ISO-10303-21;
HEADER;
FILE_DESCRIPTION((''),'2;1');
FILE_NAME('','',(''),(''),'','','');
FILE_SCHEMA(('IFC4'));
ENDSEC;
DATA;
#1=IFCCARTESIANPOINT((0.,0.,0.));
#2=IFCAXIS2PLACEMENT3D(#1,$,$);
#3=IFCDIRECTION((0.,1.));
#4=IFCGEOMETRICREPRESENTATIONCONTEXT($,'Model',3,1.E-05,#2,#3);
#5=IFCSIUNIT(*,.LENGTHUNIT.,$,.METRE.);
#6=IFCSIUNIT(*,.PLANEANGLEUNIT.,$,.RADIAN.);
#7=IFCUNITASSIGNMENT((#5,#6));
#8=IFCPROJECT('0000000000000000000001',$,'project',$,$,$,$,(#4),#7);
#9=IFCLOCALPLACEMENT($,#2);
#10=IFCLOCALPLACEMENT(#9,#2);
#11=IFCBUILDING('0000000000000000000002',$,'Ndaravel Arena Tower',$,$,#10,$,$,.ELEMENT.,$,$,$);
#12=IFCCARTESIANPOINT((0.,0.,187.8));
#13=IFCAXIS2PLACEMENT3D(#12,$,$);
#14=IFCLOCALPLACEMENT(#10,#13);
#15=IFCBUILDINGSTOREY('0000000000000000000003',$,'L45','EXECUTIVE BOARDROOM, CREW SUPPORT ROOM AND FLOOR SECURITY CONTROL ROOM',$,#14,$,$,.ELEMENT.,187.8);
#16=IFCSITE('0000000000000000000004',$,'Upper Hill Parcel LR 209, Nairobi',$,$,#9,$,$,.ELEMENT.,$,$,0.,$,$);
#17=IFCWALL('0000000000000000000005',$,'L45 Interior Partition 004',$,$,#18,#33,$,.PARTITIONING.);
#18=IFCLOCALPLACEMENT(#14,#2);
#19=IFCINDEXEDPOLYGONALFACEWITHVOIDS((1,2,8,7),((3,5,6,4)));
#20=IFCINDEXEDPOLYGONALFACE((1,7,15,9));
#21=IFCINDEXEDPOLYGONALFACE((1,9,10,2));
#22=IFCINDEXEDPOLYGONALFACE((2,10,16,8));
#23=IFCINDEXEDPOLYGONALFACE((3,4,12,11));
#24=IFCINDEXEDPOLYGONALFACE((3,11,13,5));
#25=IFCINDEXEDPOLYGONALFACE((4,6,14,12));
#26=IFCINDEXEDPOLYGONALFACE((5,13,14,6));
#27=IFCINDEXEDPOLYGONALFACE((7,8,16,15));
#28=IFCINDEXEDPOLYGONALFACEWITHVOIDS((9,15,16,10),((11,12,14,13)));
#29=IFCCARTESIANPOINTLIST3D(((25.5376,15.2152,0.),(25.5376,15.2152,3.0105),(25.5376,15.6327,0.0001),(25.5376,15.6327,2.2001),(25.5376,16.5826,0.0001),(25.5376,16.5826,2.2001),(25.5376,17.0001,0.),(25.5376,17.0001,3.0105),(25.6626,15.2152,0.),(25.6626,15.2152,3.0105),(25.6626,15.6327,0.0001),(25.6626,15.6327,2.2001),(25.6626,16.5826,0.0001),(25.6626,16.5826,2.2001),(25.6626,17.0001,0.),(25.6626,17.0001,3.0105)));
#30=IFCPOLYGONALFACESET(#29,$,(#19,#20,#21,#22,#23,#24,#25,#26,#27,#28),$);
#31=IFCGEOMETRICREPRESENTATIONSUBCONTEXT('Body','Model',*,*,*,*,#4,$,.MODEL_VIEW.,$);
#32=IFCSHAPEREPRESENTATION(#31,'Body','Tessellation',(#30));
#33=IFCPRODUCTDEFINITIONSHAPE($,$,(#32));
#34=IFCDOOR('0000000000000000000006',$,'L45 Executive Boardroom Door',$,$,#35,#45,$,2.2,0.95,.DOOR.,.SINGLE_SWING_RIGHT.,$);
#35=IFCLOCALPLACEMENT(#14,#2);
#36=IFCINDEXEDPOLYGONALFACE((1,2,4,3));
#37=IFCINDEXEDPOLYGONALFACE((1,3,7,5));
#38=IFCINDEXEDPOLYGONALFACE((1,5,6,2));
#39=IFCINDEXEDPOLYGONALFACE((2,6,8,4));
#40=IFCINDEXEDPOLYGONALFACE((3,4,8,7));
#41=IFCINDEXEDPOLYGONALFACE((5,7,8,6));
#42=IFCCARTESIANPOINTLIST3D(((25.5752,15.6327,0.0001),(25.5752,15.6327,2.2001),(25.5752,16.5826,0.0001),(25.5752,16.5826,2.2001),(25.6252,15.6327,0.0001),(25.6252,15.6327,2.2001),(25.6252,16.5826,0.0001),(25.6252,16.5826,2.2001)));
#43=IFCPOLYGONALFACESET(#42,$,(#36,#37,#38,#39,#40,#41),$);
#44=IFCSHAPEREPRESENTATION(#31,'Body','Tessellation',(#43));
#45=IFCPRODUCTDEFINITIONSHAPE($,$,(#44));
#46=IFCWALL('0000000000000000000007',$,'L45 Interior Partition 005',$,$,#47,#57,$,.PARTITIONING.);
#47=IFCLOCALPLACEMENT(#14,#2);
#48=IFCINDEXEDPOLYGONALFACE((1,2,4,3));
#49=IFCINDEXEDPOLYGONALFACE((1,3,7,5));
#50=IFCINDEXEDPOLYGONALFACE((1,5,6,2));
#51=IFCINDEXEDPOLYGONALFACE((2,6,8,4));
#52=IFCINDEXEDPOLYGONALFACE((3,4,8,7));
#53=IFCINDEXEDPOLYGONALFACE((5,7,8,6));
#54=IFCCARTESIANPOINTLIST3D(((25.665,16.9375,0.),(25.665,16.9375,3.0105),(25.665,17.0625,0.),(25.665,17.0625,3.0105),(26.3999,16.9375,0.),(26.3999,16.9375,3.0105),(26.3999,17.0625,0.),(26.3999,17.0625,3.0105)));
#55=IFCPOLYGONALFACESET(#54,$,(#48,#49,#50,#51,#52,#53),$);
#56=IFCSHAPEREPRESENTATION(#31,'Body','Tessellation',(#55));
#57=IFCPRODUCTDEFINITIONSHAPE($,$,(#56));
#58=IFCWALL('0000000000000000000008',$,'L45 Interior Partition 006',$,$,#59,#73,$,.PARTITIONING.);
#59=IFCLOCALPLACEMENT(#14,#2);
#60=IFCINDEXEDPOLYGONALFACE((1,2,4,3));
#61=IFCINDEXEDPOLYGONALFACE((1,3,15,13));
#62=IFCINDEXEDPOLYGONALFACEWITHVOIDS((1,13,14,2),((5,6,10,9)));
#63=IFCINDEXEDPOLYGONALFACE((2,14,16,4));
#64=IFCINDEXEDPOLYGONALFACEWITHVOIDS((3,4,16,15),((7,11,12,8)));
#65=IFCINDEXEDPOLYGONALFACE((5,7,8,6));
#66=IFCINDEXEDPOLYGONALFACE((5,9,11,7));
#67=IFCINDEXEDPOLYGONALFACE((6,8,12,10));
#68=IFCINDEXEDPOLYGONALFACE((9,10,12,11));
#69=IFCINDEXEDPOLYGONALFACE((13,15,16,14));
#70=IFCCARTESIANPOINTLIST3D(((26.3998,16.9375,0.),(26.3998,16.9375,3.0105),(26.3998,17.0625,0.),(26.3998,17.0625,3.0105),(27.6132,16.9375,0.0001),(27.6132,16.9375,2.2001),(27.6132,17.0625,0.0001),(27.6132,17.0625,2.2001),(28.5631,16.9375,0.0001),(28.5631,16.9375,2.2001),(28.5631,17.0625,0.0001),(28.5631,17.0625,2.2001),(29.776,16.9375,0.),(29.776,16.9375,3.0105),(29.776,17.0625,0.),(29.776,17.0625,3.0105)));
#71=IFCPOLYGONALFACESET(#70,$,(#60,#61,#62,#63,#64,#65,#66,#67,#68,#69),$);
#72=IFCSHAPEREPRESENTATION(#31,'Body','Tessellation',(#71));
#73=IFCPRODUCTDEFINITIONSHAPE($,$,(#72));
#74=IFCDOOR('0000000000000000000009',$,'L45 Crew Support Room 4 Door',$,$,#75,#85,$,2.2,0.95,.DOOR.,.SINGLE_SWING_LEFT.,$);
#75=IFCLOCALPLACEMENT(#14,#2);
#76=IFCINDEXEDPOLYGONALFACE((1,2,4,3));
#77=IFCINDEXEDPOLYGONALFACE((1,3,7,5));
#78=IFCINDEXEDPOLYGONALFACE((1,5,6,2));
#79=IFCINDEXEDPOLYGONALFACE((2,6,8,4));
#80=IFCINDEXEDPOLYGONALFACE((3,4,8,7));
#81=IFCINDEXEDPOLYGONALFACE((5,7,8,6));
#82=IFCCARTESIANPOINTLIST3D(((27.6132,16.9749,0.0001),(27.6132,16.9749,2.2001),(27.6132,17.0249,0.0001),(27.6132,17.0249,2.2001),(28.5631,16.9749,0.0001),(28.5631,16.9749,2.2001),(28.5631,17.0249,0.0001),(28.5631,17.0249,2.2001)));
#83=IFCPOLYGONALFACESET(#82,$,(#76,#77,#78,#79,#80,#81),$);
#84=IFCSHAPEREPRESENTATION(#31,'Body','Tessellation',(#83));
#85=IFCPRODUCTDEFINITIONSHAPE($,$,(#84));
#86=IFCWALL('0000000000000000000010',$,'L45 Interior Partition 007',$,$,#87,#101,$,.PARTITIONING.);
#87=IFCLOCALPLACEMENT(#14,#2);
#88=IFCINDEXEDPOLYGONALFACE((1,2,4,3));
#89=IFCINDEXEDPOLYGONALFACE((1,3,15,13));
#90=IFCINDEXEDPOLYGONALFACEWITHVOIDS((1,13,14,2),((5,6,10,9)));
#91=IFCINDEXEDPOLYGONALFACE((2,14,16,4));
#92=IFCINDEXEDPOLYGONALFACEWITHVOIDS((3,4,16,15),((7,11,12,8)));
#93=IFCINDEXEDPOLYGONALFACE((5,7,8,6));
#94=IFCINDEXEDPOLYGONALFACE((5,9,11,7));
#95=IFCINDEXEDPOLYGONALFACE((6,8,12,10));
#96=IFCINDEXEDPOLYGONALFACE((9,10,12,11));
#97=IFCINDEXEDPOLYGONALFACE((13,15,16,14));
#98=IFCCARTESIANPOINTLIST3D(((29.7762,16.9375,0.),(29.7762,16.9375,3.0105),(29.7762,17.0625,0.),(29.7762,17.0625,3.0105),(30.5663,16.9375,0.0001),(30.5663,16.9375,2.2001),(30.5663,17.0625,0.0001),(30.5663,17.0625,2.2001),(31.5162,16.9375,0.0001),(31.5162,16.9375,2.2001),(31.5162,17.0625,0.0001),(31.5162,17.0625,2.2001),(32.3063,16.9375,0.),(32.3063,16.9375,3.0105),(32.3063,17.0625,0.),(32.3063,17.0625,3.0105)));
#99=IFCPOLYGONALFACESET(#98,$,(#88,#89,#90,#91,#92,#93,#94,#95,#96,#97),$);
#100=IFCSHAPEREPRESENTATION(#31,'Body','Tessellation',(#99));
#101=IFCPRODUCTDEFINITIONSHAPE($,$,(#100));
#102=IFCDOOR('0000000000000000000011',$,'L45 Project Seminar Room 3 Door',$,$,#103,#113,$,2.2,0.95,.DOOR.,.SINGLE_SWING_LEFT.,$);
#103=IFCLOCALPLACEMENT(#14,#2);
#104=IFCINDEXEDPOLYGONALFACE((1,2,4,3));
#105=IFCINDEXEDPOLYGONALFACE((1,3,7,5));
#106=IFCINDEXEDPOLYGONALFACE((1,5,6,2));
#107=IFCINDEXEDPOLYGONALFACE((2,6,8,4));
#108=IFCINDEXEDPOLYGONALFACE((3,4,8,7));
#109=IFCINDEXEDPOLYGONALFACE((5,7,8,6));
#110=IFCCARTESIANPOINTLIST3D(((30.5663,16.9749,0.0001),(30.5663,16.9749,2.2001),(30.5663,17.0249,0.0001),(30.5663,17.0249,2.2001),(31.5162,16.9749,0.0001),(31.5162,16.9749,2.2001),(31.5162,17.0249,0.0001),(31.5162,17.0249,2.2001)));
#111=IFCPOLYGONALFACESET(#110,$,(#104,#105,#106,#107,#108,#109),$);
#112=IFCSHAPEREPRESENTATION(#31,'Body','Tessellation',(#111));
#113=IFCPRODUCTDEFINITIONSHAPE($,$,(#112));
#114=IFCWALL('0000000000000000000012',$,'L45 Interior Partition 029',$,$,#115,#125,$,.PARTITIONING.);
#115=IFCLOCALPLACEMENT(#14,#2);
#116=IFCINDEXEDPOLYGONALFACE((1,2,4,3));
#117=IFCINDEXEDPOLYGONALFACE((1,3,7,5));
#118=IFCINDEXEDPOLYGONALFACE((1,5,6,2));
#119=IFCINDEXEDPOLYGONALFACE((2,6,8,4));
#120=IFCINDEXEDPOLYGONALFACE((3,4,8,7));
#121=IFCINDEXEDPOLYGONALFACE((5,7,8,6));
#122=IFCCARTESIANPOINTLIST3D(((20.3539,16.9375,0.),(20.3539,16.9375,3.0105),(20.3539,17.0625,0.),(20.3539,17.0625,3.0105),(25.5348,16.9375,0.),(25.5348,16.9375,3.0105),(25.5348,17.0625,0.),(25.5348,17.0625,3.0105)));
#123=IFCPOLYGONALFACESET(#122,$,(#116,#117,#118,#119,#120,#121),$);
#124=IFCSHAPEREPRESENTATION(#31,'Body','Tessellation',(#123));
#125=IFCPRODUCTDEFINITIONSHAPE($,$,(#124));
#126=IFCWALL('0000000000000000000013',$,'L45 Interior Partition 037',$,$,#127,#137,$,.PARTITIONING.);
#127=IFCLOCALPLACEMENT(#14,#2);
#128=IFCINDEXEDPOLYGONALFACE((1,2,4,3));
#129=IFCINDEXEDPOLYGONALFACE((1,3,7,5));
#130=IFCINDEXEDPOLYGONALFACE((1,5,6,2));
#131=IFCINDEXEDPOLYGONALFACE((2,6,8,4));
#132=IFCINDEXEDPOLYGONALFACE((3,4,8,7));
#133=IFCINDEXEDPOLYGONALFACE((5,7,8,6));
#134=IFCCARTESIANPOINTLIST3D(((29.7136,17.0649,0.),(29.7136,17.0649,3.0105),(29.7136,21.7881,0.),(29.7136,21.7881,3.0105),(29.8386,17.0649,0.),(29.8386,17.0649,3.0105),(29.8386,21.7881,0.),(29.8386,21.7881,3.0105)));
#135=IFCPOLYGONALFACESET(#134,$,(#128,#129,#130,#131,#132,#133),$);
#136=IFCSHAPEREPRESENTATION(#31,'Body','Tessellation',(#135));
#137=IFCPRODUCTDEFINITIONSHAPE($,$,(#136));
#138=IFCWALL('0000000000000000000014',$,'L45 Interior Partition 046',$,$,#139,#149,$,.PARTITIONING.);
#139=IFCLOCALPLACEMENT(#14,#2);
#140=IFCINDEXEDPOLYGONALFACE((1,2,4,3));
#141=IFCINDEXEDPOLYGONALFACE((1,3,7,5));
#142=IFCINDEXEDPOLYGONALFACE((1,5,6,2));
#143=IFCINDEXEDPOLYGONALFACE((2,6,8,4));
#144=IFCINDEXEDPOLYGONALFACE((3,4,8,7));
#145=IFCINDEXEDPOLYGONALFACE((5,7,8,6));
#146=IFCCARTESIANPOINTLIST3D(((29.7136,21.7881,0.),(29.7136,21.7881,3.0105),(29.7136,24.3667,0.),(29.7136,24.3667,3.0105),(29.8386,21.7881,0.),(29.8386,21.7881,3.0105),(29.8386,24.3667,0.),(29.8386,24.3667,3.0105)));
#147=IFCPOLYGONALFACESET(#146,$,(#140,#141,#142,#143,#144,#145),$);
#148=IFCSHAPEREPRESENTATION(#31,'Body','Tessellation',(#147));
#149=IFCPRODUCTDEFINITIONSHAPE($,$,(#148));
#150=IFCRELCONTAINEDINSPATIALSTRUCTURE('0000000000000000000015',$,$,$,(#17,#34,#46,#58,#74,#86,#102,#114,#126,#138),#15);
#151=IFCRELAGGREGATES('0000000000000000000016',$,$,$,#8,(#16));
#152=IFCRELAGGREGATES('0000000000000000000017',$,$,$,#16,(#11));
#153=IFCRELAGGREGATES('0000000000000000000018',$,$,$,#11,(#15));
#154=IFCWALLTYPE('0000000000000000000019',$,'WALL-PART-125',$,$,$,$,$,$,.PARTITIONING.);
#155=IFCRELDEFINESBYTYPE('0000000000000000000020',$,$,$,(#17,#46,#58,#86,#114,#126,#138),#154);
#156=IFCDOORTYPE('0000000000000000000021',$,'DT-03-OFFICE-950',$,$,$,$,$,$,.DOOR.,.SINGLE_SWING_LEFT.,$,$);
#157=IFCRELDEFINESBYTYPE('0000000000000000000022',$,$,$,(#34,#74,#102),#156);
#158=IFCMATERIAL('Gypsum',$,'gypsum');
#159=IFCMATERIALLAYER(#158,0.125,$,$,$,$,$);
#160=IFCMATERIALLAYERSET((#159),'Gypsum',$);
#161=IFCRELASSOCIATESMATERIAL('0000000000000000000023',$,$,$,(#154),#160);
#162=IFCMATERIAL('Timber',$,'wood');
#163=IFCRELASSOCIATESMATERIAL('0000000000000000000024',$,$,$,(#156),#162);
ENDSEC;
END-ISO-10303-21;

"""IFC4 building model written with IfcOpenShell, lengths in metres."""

from ifc_helpers import new_model, si_unit, direction, frame, frame_2d, origin, place, context, subcontext, project, spatial, rectangle, extrude, material, layer, layer_set, type_object, element, fill, save


model = new_model("IFC4")

# Units and contexts
model_context = context("Model", 3, precision=1e-05, world=origin(), true_north=direction((0.0, 1.0)))
body_context = subcontext(model_context, "Body", "Model", "MODEL_VIEW")
ifc_project = project(units=[si_unit("LENGTHUNIT", "METRE"), si_unit("PLANEANGLEUNIT", "RADIAN")], contexts=[model_context])

# Site, building, storey
site_placement = place(None, origin())
site = spatial("IfcSite", under=ifc_project, at=site_placement, Name="Upper Hill Parcel LR 209, Nairobi", CompositionType="ELEMENT", RefElevation=0.0)
building_placement = place(site_placement, origin())
building = spatial("IfcBuilding", under=site, at=building_placement, Name="Ndaravel Arena Tower", CompositionType="ELEMENT")
storey_placement = place(building_placement, frame((0.0, 0.0, 187.8)))
storey = spatial("IfcBuildingStorey", under=building, at=storey_placement, Name="L45", Description="EXECUTIVE BOARDROOM, CREW SUPPORT ROOM AND FLOOR SECURITY CONTROL ROOM", CompositionType="ELEMENT", Elevation=187.8)

# Shared definitions
ifc_material_1 = material(Name="Gypsum", Category="gypsum")
ifc_layer_1 = layer(ifc_material_1, 0.125)
ifc_layer_set_1 = layer_set([ifc_layer_1], Name="Gypsum")
wall_type_1 = type_object("IfcWallType", Name="WALL-PART-125", PredefinedType="PARTITIONING", material=ifc_layer_set_1)

# Wall, opening, door
wall_1_placement = place(storey_placement, frame((25.6001, 15.2151, 0.0), z_axis=(0.0, 0.0, 1.0), x_axis=(0.0, 1.0, 0.0)))
wall_1 = element("IfcWall", 1, at=wall_1_placement, inside=storey, type_object=wall_type_1, Name="L45 Interior Partition 004", PredefinedType="PARTITIONING", context=body_context, shape_type="SweptSolid", body=[
    extrude(rectangle(XDim=1.7849, YDim=0.125, at=frame_2d((0.8926, 0.0))), origin(), (0.0, 0.0, 1.0), 3.0105),
])
opening_1_placement = place(wall_1_placement, frame((0.4175, 0.0, 0.0)))
opening_1 = element("IfcOpeningElement", 2, at=opening_1_placement, cuts=wall_1, PredefinedType="OPENING", context=body_context, shape_type="SweptSolid", body=[
    extrude(rectangle(XDim=0.95, YDim=2.2, at=frame_2d((0.4751, 1.1001))), frame((0.0, 0.0625, 0.0), z_axis=(0.0, -1.0, 0.0), x_axis=(1.0, 0.0, 0.0)), (0.0, 0.0, 1.0), 0.125),
])
ifc_material_2 = material(Name="Timber", Category="wood")
door_type_1 = type_object("IfcDoorType", Name="DT-03-OFFICE-950", OperationType="SINGLE_SWING_LEFT", PredefinedType="DOOR", material=ifc_material_2)
door_1_placement = place(opening_1_placement, origin())
door_1 = element("IfcDoor", 3, at=door_1_placement, inside=storey, type_object=door_type_1, Name="L45 Executive Boardroom Door", OperationType="SINGLE_SWING_RIGHT", OverallHeight=2.2, OverallWidth=0.95, PredefinedType="DOOR", context=body_context, shape_type="SweptSolid", body=[
    extrude(rectangle(XDim=0.95, YDim=2.2, at=frame_2d((0.4751, 1.1001))), frame((0.0, 0.0249, 0.0), z_axis=(0.0, -1.0, 0.0), x_axis=(1.0, 0.0, 0.0)), (0.0, 0.0, 1.0), 0.05),
])
fill(opening_1, door_1)

# Wall
wall_2_placement = place(storey_placement, frame((25.665, 17.0, 0.0), z_axis=(0.0, 0.0, 1.0), x_axis=(1.0, 0.0, 0.0)))
element("IfcWall", 4, at=wall_2_placement, inside=storey, type_object=wall_type_1, Name="L45 Interior Partition 005", PredefinedType="PARTITIONING", context=body_context, shape_type="SweptSolid", body=[
    extrude(rectangle(XDim=0.7349, YDim=0.125, at=frame_2d((0.3674, 0.0))), origin(), (0.0, 0.0, 1.0), 3.0105),
])

# Walls, openings, doors
wall_3_placement = place(storey_placement, frame((26.3999, 17.0, 0.0), z_axis=(0.0, 0.0, 1.0), x_axis=(1.0, 0.0, 0.0)))
wall_3 = element("IfcWall", 5, at=wall_3_placement, inside=storey, type_object=wall_type_1, Name="L45 Interior Partition 006", PredefinedType="PARTITIONING", context=body_context, shape_type="SweptSolid", body=[
    extrude(rectangle(XDim=3.3762, YDim=0.125, at=frame_2d((1.688, 0.0))), origin(), (0.0, 0.0, 1.0), 3.0105),
])
opening_2_placement = place(wall_3_placement, frame((1.2131, 0.0, 0.0)))
opening_2 = element("IfcOpeningElement", 6, at=opening_2_placement, cuts=wall_3, PredefinedType="OPENING", context=body_context, shape_type="SweptSolid", body=[
    extrude(rectangle(XDim=0.95, YDim=2.2, at=frame_2d((0.4751, 1.1001))), frame((0.0, 0.0625, 0.0), z_axis=(0.0, -1.0, 0.0), x_axis=(1.0, 0.0, 0.0)), (0.0, 0.0, 1.0), 0.125),
])
door_2_placement = place(opening_2_placement, origin())
door_2 = element("IfcDoor", 7, at=door_2_placement, inside=storey, type_object=door_type_1, Name="L45 Crew Support Room 4 Door", OperationType="SINGLE_SWING_LEFT", OverallHeight=2.2, OverallWidth=0.95, PredefinedType="DOOR", context=body_context, shape_type="SweptSolid", body=[
    extrude(rectangle(XDim=0.95, YDim=2.2, at=frame_2d((0.4751, 1.1001))), frame((0.0, 0.0249, 0.0), z_axis=(0.0, -1.0, 0.0), x_axis=(1.0, 0.0, 0.0)), (0.0, 0.0, 1.0), 0.05),
])
fill(opening_2, door_2)
wall_4_placement = place(storey_placement, frame((29.7761, 17.0, 0.0), z_axis=(0.0, 0.0, 1.0), x_axis=(1.0, 0.0, 0.0)))
wall_4 = element("IfcWall", 8, at=wall_4_placement, inside=storey, type_object=wall_type_1, Name="L45 Interior Partition 007", PredefinedType="PARTITIONING", context=body_context, shape_type="SweptSolid", body=[
    extrude(rectangle(XDim=2.53, YDim=0.125, at=frame_2d((1.2651, 0.0))), origin(), (0.0, 0.0, 1.0), 3.0105),
])
opening_3_placement = place(wall_4_placement, frame((0.79, 0.0, 0.0)))
opening_3 = element("IfcOpeningElement", 9, at=opening_3_placement, cuts=wall_4, PredefinedType="OPENING", context=body_context, shape_type="SweptSolid", body=[
    extrude(rectangle(XDim=0.95, YDim=2.2, at=frame_2d((0.4751, 1.1001))), frame((0.0, 0.0625, 0.0), z_axis=(0.0, -1.0, 0.0), x_axis=(1.0, 0.0, 0.0)), (0.0, 0.0, 1.0), 0.125),
])
door_3_placement = place(opening_3_placement, origin())
door_3 = element("IfcDoor", 10, at=door_3_placement, inside=storey, type_object=door_type_1, Name="L45 Project Seminar Room 3 Door", OperationType="SINGLE_SWING_LEFT", OverallHeight=2.2, OverallWidth=0.95, PredefinedType="DOOR", context=body_context, shape_type="SweptSolid", body=[
    extrude(rectangle(XDim=0.95, YDim=2.2, at=frame_2d((0.4751, 1.1001))), frame((0.0, 0.0249, 0.0), z_axis=(0.0, -1.0, 0.0), x_axis=(1.0, 0.0, 0.0)), (0.0, 0.0, 1.0), 0.05),
])
fill(opening_3, door_3)

# Walls
wall_5_placement = place(storey_placement, frame((20.354, 17.0, 0.0), z_axis=(0.0, 0.0, 1.0), x_axis=(1.0, 0.0, 0.0)))
element("IfcWall", 11, at=wall_5_placement, inside=storey, type_object=wall_type_1, Name="L45 Interior Partition 029", PredefinedType="PARTITIONING", context=body_context, shape_type="SweptSolid", body=[
    extrude(rectangle(XDim=5.1809, YDim=0.125, at=frame_2d((2.5903, 0.0))), origin(), (0.0, 0.0, 1.0), 3.0105),
])
wall_6_placement = place(storey_placement, frame((29.7761, 17.0649, 0.0), z_axis=(0.0, 0.0, 1.0), x_axis=(0.0, 1.0, 0.0)))
element("IfcWall", 12, at=wall_6_placement, inside=storey, type_object=wall_type_1, Name="L45 Interior Partition 037", PredefinedType="PARTITIONING", context=body_context, shape_type="SweptSolid", body=[
    extrude(rectangle(XDim=4.7231, YDim=0.125, at=frame_2d((2.3616, 0.0))), origin(), (0.0, 0.0, 1.0), 3.0105),
])
wall_7_placement = place(storey_placement, frame((29.7761, 24.3667, 0.0), z_axis=(0.0, 0.0, 1.0), x_axis=(0.0, -1.0, 0.0)))
element("IfcWall", 13, at=wall_7_placement, inside=storey, type_object=wall_type_1, Name="L45 Interior Partition 046", PredefinedType="PARTITIONING", context=body_context, shape_type="SweptSolid", body=[
    extrude(rectangle(XDim=2.5786, YDim=0.125, at=frame_2d((1.2893, 0.0))), origin(), (0.0, 0.0, 1.0), 3.0105),
])

save(model, "model.ifc")
